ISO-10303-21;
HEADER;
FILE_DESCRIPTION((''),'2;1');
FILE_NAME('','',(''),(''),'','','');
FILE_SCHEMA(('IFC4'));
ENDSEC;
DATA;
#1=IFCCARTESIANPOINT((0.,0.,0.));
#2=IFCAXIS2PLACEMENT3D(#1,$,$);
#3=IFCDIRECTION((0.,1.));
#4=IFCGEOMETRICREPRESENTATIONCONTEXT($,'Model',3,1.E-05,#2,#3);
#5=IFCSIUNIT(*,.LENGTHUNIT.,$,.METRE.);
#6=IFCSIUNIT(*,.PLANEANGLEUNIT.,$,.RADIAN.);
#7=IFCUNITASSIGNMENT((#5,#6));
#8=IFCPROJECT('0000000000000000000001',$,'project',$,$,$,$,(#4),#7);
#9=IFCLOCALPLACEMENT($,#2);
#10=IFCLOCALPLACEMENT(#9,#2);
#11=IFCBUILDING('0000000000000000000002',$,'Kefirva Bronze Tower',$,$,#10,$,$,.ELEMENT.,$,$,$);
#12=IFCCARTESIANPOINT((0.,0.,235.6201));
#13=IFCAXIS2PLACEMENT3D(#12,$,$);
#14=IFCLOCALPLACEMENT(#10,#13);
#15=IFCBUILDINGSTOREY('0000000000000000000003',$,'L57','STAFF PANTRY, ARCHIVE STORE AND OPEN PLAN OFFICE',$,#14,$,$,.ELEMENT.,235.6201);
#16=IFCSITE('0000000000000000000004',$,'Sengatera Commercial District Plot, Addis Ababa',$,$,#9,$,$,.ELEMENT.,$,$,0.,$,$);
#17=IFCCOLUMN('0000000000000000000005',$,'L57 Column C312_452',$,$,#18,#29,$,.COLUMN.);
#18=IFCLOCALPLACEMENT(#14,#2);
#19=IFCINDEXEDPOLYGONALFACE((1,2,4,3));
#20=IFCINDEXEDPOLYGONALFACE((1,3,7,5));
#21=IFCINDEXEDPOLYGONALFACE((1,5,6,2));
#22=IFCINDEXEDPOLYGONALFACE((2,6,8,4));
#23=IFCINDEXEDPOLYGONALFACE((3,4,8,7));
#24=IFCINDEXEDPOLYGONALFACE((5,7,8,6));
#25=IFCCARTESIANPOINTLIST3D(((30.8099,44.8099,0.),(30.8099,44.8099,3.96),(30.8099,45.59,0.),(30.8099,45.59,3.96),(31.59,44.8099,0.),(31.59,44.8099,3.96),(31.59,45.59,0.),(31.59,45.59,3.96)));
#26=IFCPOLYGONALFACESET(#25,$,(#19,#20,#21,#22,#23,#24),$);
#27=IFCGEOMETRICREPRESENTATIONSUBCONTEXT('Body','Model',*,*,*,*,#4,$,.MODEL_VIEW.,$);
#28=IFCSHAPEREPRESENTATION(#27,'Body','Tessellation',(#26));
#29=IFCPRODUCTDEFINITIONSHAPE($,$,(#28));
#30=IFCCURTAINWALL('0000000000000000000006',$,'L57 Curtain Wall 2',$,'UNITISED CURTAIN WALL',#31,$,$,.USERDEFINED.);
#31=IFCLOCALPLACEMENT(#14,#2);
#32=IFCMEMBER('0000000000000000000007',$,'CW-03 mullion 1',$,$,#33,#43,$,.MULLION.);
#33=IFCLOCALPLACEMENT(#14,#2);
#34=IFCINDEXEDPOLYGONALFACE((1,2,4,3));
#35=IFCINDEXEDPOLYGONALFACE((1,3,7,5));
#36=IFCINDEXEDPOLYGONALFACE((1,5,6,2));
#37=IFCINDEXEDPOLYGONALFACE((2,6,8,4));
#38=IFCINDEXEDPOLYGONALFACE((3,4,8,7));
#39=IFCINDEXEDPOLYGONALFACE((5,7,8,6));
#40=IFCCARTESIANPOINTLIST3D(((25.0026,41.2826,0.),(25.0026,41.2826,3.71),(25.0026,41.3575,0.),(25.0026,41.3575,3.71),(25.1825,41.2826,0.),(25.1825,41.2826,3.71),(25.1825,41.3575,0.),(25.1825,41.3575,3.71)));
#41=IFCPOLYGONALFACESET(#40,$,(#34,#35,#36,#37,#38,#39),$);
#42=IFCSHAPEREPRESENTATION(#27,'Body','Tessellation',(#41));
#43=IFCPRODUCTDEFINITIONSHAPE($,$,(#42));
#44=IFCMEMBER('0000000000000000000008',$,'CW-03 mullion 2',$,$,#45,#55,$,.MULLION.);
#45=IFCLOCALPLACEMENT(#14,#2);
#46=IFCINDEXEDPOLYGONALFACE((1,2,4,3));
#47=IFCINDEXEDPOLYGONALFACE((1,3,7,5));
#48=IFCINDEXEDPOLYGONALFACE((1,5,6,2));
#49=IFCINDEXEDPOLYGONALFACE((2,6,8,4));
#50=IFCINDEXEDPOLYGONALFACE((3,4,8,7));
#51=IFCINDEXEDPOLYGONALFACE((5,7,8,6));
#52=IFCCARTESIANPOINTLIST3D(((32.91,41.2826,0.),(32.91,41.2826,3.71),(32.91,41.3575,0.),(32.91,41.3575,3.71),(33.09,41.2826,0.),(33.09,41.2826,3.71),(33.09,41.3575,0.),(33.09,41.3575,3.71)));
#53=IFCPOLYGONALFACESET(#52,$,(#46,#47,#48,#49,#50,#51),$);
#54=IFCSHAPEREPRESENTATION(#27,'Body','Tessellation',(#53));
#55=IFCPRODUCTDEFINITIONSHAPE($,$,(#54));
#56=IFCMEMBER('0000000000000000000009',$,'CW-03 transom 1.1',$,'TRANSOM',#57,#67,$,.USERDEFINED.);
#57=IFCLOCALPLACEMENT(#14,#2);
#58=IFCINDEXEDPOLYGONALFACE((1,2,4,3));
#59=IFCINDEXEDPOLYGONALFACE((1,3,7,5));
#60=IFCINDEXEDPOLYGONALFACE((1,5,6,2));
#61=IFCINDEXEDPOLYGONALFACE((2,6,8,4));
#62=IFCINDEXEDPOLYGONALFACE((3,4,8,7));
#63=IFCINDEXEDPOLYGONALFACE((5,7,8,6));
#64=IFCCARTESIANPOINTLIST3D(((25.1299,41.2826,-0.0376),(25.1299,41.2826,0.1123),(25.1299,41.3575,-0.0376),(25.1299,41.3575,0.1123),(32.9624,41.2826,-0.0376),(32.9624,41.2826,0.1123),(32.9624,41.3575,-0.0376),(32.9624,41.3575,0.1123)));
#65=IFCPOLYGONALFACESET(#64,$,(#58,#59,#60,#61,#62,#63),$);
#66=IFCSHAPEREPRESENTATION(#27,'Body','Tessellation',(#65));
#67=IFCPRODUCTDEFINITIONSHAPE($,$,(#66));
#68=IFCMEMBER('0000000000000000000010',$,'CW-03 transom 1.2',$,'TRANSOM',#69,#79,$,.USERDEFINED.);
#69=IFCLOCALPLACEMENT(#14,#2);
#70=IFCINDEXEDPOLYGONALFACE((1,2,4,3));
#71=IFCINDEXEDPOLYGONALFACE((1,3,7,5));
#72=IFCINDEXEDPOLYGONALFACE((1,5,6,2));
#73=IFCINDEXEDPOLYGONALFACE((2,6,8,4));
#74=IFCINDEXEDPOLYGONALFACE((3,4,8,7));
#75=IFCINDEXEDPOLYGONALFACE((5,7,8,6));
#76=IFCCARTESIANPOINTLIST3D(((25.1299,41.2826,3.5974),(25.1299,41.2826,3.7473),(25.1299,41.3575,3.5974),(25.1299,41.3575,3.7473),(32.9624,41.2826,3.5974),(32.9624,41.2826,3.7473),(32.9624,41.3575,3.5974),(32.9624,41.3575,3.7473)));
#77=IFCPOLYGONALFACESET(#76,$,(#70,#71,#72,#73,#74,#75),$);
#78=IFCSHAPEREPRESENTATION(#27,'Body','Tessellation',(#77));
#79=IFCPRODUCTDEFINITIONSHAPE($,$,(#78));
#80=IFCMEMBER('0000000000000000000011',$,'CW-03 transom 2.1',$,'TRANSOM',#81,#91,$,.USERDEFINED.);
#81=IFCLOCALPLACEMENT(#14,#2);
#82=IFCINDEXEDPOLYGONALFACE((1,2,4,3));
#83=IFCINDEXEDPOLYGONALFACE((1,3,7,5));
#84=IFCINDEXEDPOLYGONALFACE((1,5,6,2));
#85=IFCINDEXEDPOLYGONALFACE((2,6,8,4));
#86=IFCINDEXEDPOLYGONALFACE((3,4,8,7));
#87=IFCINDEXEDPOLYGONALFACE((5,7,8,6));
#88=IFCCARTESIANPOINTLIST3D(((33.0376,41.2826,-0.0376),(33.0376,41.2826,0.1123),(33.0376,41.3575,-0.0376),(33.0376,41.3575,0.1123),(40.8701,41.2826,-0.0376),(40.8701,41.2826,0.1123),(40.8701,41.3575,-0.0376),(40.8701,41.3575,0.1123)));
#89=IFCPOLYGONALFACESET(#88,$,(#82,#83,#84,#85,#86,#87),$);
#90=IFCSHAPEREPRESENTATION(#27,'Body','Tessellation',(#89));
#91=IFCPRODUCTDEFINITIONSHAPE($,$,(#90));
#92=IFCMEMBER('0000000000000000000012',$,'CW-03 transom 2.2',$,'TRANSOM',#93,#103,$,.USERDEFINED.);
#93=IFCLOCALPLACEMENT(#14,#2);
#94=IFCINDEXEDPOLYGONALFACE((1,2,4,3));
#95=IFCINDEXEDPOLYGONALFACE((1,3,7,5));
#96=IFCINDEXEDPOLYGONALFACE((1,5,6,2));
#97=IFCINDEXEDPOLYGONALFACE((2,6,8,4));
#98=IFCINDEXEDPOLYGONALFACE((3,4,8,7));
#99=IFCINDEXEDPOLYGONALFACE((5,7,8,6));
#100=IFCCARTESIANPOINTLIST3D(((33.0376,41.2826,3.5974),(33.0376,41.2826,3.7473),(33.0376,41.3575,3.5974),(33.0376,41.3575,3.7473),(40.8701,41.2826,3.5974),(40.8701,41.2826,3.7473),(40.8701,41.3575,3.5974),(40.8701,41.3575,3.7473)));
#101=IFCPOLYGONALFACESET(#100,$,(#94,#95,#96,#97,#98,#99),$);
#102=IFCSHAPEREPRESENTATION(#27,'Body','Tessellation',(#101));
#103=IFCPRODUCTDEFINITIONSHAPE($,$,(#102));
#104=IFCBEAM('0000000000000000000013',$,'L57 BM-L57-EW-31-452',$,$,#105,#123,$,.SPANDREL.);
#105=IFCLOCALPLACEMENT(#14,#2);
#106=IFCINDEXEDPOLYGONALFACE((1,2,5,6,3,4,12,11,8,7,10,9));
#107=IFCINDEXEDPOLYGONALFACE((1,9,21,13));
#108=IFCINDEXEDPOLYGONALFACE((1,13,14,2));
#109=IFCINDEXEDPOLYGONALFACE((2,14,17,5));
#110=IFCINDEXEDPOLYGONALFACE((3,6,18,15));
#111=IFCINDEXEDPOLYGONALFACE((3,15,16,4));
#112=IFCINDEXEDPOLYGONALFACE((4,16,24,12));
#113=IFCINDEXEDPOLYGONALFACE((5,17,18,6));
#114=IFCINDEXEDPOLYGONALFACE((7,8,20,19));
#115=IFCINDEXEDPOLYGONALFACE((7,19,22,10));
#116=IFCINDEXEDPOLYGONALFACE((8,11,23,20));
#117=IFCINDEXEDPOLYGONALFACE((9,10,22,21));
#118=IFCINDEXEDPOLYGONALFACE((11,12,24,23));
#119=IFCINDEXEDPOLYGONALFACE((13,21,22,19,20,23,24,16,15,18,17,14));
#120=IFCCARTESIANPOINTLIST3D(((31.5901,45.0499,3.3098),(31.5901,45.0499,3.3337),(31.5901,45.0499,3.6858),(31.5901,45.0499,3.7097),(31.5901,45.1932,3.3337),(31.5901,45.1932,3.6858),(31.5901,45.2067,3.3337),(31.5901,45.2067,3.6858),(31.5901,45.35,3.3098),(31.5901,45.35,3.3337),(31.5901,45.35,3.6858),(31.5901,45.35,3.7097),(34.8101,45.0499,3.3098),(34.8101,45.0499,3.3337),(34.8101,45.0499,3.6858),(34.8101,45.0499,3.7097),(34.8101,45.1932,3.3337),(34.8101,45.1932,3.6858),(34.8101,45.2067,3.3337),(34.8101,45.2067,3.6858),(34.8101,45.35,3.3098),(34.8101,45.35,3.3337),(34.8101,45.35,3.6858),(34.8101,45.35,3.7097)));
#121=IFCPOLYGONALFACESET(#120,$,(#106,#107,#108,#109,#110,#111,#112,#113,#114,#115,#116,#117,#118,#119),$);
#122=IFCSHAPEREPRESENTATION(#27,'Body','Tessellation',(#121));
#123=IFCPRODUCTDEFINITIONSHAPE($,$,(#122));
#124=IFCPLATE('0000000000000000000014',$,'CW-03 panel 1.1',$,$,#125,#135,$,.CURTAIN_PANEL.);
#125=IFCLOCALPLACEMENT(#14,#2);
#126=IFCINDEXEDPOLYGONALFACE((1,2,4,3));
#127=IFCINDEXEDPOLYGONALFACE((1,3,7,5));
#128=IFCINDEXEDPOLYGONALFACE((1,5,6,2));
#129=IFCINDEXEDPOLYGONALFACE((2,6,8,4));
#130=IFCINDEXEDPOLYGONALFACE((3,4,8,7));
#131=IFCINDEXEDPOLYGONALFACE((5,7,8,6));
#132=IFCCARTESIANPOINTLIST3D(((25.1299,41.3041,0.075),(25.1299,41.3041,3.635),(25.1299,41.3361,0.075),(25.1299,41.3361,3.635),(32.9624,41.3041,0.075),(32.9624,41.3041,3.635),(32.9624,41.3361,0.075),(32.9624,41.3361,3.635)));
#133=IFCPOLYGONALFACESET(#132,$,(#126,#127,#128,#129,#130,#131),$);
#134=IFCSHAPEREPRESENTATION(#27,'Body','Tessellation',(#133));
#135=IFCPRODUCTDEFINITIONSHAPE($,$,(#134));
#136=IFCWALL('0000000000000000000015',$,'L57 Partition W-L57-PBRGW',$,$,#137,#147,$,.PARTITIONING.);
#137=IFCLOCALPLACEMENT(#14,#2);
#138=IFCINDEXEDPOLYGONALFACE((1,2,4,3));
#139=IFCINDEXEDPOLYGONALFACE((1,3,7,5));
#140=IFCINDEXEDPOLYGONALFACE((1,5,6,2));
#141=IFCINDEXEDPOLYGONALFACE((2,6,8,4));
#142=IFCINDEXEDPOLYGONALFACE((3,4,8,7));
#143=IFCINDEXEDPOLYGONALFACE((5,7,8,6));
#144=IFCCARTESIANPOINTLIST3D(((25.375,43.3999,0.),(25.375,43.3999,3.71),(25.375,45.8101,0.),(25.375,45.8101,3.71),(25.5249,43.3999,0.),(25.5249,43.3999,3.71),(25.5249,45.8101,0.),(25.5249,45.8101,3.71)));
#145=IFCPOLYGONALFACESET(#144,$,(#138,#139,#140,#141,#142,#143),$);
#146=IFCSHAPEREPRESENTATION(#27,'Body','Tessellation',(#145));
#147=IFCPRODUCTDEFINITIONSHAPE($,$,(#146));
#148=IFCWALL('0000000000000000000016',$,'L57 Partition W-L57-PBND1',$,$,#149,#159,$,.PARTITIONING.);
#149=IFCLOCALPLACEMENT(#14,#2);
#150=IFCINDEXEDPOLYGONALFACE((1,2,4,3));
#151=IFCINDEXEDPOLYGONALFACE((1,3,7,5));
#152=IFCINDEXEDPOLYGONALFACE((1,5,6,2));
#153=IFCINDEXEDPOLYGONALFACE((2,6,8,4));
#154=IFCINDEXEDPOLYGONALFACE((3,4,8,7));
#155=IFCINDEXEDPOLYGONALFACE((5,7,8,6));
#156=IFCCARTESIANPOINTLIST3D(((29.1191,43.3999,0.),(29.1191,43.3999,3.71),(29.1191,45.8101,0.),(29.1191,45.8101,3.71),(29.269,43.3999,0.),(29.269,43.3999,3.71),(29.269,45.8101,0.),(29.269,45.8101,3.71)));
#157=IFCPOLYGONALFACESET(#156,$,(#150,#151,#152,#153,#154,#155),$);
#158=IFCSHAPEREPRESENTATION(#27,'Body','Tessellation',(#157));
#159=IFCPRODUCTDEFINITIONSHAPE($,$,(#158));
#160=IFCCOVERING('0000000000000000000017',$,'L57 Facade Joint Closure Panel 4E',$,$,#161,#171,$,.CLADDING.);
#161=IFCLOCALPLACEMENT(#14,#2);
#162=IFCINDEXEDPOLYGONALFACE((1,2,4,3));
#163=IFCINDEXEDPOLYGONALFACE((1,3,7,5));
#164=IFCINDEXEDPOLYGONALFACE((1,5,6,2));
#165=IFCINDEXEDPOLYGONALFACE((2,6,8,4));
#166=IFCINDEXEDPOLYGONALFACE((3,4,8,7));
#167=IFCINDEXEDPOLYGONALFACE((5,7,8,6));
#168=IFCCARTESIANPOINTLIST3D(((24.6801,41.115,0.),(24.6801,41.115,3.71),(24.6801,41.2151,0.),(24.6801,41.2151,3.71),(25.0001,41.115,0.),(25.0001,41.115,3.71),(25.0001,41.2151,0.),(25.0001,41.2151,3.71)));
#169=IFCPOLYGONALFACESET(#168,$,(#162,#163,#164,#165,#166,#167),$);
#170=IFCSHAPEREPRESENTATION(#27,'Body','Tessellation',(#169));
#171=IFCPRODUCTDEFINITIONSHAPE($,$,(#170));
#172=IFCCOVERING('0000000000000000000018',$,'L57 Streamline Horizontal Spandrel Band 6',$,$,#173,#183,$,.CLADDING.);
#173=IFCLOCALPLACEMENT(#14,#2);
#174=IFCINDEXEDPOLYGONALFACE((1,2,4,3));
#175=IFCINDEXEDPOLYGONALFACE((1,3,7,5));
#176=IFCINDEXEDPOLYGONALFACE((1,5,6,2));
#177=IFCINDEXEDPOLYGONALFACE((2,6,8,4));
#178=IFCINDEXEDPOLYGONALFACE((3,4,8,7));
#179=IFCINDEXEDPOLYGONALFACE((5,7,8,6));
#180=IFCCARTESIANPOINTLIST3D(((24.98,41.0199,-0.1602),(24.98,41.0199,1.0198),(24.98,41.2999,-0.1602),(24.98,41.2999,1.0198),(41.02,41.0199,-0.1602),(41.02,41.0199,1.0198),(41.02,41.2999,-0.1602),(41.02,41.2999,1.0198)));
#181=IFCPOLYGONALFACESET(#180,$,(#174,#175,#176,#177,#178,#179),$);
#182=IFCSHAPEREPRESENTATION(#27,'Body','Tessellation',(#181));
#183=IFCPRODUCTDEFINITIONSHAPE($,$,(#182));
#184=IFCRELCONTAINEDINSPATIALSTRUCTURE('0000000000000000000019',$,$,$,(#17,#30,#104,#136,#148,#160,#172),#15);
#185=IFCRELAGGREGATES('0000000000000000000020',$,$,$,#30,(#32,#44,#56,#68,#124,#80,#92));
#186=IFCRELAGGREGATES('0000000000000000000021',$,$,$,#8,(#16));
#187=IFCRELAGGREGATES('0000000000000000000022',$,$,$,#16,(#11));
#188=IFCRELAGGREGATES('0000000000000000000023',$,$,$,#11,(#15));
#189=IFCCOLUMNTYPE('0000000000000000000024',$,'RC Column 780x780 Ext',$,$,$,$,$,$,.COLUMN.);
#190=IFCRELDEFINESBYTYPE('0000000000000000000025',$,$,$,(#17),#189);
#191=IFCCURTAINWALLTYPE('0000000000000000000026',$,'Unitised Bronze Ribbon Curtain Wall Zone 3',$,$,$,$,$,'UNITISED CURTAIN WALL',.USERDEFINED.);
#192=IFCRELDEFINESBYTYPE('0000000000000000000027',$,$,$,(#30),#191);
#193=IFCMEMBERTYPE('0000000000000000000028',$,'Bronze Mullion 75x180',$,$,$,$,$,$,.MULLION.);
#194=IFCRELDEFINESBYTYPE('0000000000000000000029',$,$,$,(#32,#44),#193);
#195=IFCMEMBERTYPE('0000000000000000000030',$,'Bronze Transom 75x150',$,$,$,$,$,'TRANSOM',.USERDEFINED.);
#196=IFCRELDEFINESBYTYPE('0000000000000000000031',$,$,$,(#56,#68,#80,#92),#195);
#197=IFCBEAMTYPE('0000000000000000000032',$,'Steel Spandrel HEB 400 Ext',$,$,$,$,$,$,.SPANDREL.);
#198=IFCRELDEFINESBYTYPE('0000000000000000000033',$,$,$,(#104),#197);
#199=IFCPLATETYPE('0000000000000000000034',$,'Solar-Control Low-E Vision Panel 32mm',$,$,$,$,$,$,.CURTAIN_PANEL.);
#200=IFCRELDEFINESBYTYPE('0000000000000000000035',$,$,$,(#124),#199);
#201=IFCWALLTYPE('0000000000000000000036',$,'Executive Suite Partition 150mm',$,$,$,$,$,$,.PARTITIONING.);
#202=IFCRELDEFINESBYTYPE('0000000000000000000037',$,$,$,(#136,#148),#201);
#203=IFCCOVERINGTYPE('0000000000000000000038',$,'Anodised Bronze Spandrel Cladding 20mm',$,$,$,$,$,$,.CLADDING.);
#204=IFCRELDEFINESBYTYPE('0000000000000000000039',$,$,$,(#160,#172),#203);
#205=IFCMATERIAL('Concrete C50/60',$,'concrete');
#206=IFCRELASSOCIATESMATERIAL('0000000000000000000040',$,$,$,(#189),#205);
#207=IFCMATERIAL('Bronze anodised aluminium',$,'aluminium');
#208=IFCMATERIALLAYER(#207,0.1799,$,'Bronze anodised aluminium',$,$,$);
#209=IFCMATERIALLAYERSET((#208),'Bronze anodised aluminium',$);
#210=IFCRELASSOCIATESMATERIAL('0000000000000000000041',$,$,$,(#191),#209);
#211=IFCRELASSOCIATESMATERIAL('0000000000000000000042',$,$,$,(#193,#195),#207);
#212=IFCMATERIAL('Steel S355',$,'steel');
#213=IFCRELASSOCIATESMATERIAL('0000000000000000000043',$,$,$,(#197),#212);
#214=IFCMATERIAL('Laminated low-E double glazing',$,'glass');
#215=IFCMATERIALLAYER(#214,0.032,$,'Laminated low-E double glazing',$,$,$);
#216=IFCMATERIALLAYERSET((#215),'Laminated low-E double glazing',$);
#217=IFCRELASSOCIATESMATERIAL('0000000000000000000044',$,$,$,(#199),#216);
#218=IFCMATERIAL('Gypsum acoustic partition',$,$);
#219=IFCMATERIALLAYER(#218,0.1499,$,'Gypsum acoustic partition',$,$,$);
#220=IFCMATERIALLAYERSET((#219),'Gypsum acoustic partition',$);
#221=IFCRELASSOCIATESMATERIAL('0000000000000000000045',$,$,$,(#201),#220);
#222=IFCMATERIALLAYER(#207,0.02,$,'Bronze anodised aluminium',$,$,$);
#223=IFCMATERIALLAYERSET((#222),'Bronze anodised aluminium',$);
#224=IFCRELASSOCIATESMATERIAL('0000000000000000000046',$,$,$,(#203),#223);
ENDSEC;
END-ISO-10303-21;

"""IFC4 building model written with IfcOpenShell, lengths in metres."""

from ifc_helpers import new_model, si_unit, direction, frame, frame_2d, origin, origin_2d, place, context, subcontext, project, spatial, rectangle, i_section, extrude, material, layer, layer_set, material_profile, profile_set, type_object, element, aggregate, save


model = new_model("IFC4")

# Units and contexts
model_context = context("Model", 3, precision=1e-05, world=origin(), true_north=direction((0.0, 1.0)))
body_context = subcontext(model_context, "Body", "Model", "MODEL_VIEW")
ifc_project = project(units=[si_unit("LENGTHUNIT", "METRE"), si_unit("PLANEANGLEUNIT", "RADIAN")], contexts=[model_context])

# Site, building, storey
site_placement = place(None, origin())
site = spatial("IfcSite", under=ifc_project, at=site_placement, Name="Sengatera Commercial District Plot, Addis Ababa", CompositionType="ELEMENT", RefElevation=0.0)
building_placement = place(site_placement, origin())
building = spatial("IfcBuilding", under=site, at=building_placement, Name="Kefirva Bronze Tower", CompositionType="ELEMENT")
storey_placement = place(building_placement, frame((0.0, 0.0, 235.6201)))
storey = spatial("IfcBuildingStorey", under=building, at=storey_placement, Name="L57", Description="STAFF PANTRY, ARCHIVE STORE AND OPEN PLAN OFFICE", CompositionType="ELEMENT", Elevation=235.6201)

# Column
ifc_material_1 = material(Name="Concrete C50/60", Category="concrete")
ifc_material_profile_1 = material_profile(ifc_material_1, rectangle(XDim=0.78, YDim=0.78, at=origin_2d()), Name="RC 780x780")
ifc_profile_set_1 = profile_set([ifc_material_profile_1], Name="Concrete C50/60")
column_type = type_object("IfcColumnType", Name="RC Column 780x780 Ext", PredefinedType="COLUMN", material=ifc_profile_set_1)
column_placement = place(storey_placement, frame((31.2, 45.2, 0.0), z_axis=(0.0, 0.0, 1.0), x_axis=(1.0, 0.0, 0.0)))
element("IfcColumn", 1, at=column_placement, inside=storey, type_object=column_type, Name="L57 Column C312_452", PredefinedType="COLUMN", context=body_context, shape_type="SweptSolid", body=[
    extrude(rectangle(XDim=0.78, YDim=0.78, at=origin_2d()), origin(), (0.0, 0.0, 1.0), 3.96),
])

# Curtain wall, members
ifc_material_2 = material(Name="Bronze anodised aluminium", Category="aluminium")
ifc_layer_1 = layer(ifc_material_2, 0.1799, Name="Bronze anodised aluminium")
ifc_layer_set_1 = layer_set([ifc_layer_1], Name="Bronze anodised aluminium")
curtain_wall_type = type_object("IfcCurtainWallType", Name="Unitised Bronze Ribbon Curtain Wall Zone 3", ElementType="UNITISED CURTAIN WALL", PredefinedType="USERDEFINED", material=ifc_layer_set_1)
curtain_wall_placement = place(storey_placement, origin())
curtain_wall = element("IfcCurtainWall", 2, at=curtain_wall_placement, inside=storey, type_object=curtain_wall_type, Name="L57 Curtain Wall 2", ObjectType="UNITISED CURTAIN WALL", PredefinedType="USERDEFINED")
ifc_material_profile_2 = material_profile(ifc_material_2, rectangle(XDim=0.075, YDim=0.1799, at=origin_2d()), Name="ALU 75x180")
ifc_profile_set_2 = profile_set([ifc_material_profile_2], Name="Bronze anodised aluminium")
member_type_1 = type_object("IfcMemberType", Name="Bronze Mullion 75x180", PredefinedType="MULLION", material=ifc_profile_set_2)
member_1_placement = place(storey_placement, frame((25.0925, 41.3201, 0.0), z_axis=(0.0, 0.0, 1.0), x_axis=(0.0, 1.0, 0.0)))
member_1 = element("IfcMember", 3, at=member_1_placement, type_object=member_type_1, Name="CW-03 mullion 1", PredefinedType="MULLION", context=body_context, shape_type="SweptSolid", body=[
    extrude(rectangle(XDim=0.075, YDim=0.1799, at=origin_2d()), origin(), (0.0, 0.0, 1.0), 3.71),
])
member_2_placement = place(storey_placement, frame((33.0, 41.3201, 0.0), z_axis=(0.0, 0.0, 1.0), x_axis=(0.0, 1.0, 0.0)))
member_2 = element("IfcMember", 4, at=member_2_placement, type_object=member_type_1, Name="CW-03 mullion 2", PredefinedType="MULLION", context=body_context, shape_type="SweptSolid", body=[
    extrude(rectangle(XDim=0.075, YDim=0.1799, at=origin_2d()), origin(), (0.0, 0.0, 1.0), 3.71),
])
ifc_material_profile_3 = material_profile(ifc_material_2, rectangle(XDim=0.075, YDim=0.1499, at=origin_2d()), Name="ALU 75x150")
ifc_profile_set_3 = profile_set([ifc_material_profile_3], Name="Bronze anodised aluminium")
member_type_2 = type_object("IfcMemberType", Name="Bronze Transom 75x150", ElementType="TRANSOM", PredefinedType="USERDEFINED", material=ifc_profile_set_3)
member_3_placement = place(storey_placement, frame((25.1299, 41.3201, 0.0374), z_axis=(1.0, 0.0, 0.0), x_axis=(0.0, 1.0, 0.0)))
member_3 = element("IfcMember", 5, at=member_3_placement, type_object=member_type_2, Name="CW-03 transom 1.1", ObjectType="TRANSOM", PredefinedType="USERDEFINED", context=body_context, shape_type="SweptSolid", body=[
    extrude(rectangle(XDim=0.075, YDim=0.1499, at=origin_2d()), origin(), (0.0, 0.0, 1.0), 7.8325),
])
member_4_placement = place(storey_placement, frame((25.1299, 41.3201, 3.6724), z_axis=(1.0, 0.0, 0.0), x_axis=(0.0, 1.0, 0.0)))
member_4 = element("IfcMember", 6, at=member_4_placement, type_object=member_type_2, Name="CW-03 transom 1.2", ObjectType="TRANSOM", PredefinedType="USERDEFINED", context=body_context, shape_type="SweptSolid", body=[
    extrude(rectangle(XDim=0.075, YDim=0.1499, at=origin_2d()), origin(), (0.0, 0.0, 1.0), 7.8325),
])
member_5_placement = place(storey_placement, frame((33.0376, 41.3201, 0.0374), z_axis=(1.0, 0.0, 0.0), x_axis=(0.0, 1.0, 0.0)))
member_5 = element("IfcMember", 7, at=member_5_placement, type_object=member_type_2, Name="CW-03 transom 2.1", ObjectType="TRANSOM", PredefinedType="USERDEFINED", context=body_context, shape_type="SweptSolid", body=[
    extrude(rectangle(XDim=0.075, YDim=0.1499, at=origin_2d()), origin(), (0.0, 0.0, 1.0), 7.8325),
])
member_6_placement = place(storey_placement, frame((33.0376, 41.3201, 3.6724), z_axis=(1.0, 0.0, 0.0), x_axis=(0.0, 1.0, 0.0)))
member_6 = element("IfcMember", 8, at=member_6_placement, type_object=member_type_2, Name="CW-03 transom 2.2", ObjectType="TRANSOM", PredefinedType="USERDEFINED", context=body_context, shape_type="SweptSolid", body=[
    extrude(rectangle(XDim=0.075, YDim=0.1499, at=origin_2d()), origin(), (0.0, 0.0, 1.0), 7.8325),
])

# Beam
ifc_material_3 = material(Name="Steel S355", Category="steel")
ifc_material_profile_4 = material_profile(ifc_material_3, i_section(OverallWidth=0.3, OverallDepth=0.3999, WebThickness=0.0134, FlangeThickness=0.0239, at=origin_2d()), Name="HEB 400")
ifc_profile_set_4 = profile_set([ifc_material_profile_4], Name="Steel S355")
beam_type = type_object("IfcBeamType", Name="Steel Spandrel HEB 400 Ext", PredefinedType="SPANDREL", material=ifc_profile_set_4)
beam_placement = place(storey_placement, frame((31.5901, 45.2, 3.5098), z_axis=(1.0, 0.0, 0.0), x_axis=(0.0, 1.0, 0.0)))
element("IfcBeam", 9, at=beam_placement, inside=storey, type_object=beam_type, Name="L57 BM-L57-EW-31-452", PredefinedType="SPANDREL", context=body_context, shape_type="SweptSolid", body=[
    extrude(i_section(OverallWidth=0.3, OverallDepth=0.3999, WebThickness=0.0134, FlangeThickness=0.0239, at=origin_2d()), origin(), (0.0, 0.0, 1.0), 3.22),
])

# Plate
ifc_material_4 = material(Name="Laminated low-E double glazing", Category="glass")
ifc_layer_2 = layer(ifc_material_4, 0.032, Name="Laminated low-E double glazing")
ifc_layer_set_2 = layer_set([ifc_layer_2], Name="Laminated low-E double glazing")
plate_type = type_object("IfcPlateType", Name="Solar-Control Low-E Vision Panel 32mm", PredefinedType="CURTAIN_PANEL", material=ifc_layer_set_2)
plate_placement = place(storey_placement, frame((29.0461, 41.3201, 0.075), z_axis=(0.0, 0.0, 1.0), x_axis=(1.0, 0.0, 0.0)))
plate = element("IfcPlate", 10, at=plate_placement, type_object=plate_type, Name="CW-03 panel 1.1", PredefinedType="CURTAIN_PANEL", context=body_context, shape_type="SweptSolid", body=[
    extrude(rectangle(XDim=7.8325, YDim=0.032, at=origin_2d()), origin(), (0.0, 0.0, 1.0), 3.5601),
])
aggregate(curtain_wall, [member_1, member_2, member_3, member_4, plate, member_5, member_6])

# Shared definitions
ifc_material_5 = material(Name="Gypsum acoustic partition")
ifc_layer_3 = layer(ifc_material_5, 0.1499, Name="Gypsum acoustic partition")
ifc_layer_set_3 = layer_set([ifc_layer_3], Name="Gypsum acoustic partition")
wall_type = type_object("IfcWallType", Name="Executive Suite Partition 150mm", PredefinedType="PARTITIONING", material=ifc_layer_set_3)

# Walls
for number, where, z_axis, x_axis, name in (
    (11, (25.45, 43.3999, 0.0), (0.0, 0.0, 1.0), (0.0, 1.0, 0.0), "L57 Partition W-L57-PBRGW"),
    (12, (29.1941, 43.3999, 0.0), (0.0, 0.0, 1.0), (0.0, 1.0, 0.0), "L57 Partition W-L57-PBND1"),
):
    element("IfcWall", number, at=place(storey_placement, frame(where, z_axis=z_axis, x_axis=x_axis)), inside=storey, type_object=wall_type, Name=name, PredefinedType="PARTITIONING", context=body_context, shape_type="SweptSolid", body=[
        extrude(rectangle(XDim=2.4102, YDim=0.1499, at=frame_2d((1.2051, 0.0))), origin(), (0.0, 0.0, 1.0), 3.71),
    ])

# Coverings
ifc_layer_4 = layer(ifc_material_2, 0.02, Name="Bronze anodised aluminium")
ifc_layer_set_4 = layer_set([ifc_layer_4], Name="Bronze anodised aluminium")
covering_type_1 = type_object("IfcCoveringType", Name="Anodised Bronze Spandrel Cladding 20mm", PredefinedType="CLADDING", material=ifc_layer_set_4)
covering_1_placement = place(storey_placement, frame((24.8401, 41.165, 0.0), z_axis=(0.0, 0.0, 1.0), x_axis=(0.0, 1.0, 0.0)))
element("IfcCovering", 13, at=covering_1_placement, inside=storey, type_object=covering_type_1, Name="L57 Facade Joint Closure Panel 4E", PredefinedType="CLADDING", context=body_context, shape_type="SweptSolid", body=[
    extrude(rectangle(XDim=0.1001, YDim=0.3201, at=origin_2d()), origin(), (0.0, 0.0, 1.0), 3.71),
])
covering_2_placement = place(storey_placement, frame((33.0, 41.1599, -0.1602), z_axis=(0.0, 0.0, 1.0), x_axis=(1.0, 0.0, 0.0)))
element("IfcCovering", 14, at=covering_2_placement, inside=storey, type_object=covering_type_1, Name="L57 Streamline Horizontal Spandrel Band 6", PredefinedType="CLADDING", context=body_context, shape_type="SweptSolid", body=[
    extrude(rectangle(XDim=16.04, YDim=0.28, at=origin_2d()), origin(), (0.0, 0.0, 1.0), 1.1799),
])

save(model, "model.ifc")
